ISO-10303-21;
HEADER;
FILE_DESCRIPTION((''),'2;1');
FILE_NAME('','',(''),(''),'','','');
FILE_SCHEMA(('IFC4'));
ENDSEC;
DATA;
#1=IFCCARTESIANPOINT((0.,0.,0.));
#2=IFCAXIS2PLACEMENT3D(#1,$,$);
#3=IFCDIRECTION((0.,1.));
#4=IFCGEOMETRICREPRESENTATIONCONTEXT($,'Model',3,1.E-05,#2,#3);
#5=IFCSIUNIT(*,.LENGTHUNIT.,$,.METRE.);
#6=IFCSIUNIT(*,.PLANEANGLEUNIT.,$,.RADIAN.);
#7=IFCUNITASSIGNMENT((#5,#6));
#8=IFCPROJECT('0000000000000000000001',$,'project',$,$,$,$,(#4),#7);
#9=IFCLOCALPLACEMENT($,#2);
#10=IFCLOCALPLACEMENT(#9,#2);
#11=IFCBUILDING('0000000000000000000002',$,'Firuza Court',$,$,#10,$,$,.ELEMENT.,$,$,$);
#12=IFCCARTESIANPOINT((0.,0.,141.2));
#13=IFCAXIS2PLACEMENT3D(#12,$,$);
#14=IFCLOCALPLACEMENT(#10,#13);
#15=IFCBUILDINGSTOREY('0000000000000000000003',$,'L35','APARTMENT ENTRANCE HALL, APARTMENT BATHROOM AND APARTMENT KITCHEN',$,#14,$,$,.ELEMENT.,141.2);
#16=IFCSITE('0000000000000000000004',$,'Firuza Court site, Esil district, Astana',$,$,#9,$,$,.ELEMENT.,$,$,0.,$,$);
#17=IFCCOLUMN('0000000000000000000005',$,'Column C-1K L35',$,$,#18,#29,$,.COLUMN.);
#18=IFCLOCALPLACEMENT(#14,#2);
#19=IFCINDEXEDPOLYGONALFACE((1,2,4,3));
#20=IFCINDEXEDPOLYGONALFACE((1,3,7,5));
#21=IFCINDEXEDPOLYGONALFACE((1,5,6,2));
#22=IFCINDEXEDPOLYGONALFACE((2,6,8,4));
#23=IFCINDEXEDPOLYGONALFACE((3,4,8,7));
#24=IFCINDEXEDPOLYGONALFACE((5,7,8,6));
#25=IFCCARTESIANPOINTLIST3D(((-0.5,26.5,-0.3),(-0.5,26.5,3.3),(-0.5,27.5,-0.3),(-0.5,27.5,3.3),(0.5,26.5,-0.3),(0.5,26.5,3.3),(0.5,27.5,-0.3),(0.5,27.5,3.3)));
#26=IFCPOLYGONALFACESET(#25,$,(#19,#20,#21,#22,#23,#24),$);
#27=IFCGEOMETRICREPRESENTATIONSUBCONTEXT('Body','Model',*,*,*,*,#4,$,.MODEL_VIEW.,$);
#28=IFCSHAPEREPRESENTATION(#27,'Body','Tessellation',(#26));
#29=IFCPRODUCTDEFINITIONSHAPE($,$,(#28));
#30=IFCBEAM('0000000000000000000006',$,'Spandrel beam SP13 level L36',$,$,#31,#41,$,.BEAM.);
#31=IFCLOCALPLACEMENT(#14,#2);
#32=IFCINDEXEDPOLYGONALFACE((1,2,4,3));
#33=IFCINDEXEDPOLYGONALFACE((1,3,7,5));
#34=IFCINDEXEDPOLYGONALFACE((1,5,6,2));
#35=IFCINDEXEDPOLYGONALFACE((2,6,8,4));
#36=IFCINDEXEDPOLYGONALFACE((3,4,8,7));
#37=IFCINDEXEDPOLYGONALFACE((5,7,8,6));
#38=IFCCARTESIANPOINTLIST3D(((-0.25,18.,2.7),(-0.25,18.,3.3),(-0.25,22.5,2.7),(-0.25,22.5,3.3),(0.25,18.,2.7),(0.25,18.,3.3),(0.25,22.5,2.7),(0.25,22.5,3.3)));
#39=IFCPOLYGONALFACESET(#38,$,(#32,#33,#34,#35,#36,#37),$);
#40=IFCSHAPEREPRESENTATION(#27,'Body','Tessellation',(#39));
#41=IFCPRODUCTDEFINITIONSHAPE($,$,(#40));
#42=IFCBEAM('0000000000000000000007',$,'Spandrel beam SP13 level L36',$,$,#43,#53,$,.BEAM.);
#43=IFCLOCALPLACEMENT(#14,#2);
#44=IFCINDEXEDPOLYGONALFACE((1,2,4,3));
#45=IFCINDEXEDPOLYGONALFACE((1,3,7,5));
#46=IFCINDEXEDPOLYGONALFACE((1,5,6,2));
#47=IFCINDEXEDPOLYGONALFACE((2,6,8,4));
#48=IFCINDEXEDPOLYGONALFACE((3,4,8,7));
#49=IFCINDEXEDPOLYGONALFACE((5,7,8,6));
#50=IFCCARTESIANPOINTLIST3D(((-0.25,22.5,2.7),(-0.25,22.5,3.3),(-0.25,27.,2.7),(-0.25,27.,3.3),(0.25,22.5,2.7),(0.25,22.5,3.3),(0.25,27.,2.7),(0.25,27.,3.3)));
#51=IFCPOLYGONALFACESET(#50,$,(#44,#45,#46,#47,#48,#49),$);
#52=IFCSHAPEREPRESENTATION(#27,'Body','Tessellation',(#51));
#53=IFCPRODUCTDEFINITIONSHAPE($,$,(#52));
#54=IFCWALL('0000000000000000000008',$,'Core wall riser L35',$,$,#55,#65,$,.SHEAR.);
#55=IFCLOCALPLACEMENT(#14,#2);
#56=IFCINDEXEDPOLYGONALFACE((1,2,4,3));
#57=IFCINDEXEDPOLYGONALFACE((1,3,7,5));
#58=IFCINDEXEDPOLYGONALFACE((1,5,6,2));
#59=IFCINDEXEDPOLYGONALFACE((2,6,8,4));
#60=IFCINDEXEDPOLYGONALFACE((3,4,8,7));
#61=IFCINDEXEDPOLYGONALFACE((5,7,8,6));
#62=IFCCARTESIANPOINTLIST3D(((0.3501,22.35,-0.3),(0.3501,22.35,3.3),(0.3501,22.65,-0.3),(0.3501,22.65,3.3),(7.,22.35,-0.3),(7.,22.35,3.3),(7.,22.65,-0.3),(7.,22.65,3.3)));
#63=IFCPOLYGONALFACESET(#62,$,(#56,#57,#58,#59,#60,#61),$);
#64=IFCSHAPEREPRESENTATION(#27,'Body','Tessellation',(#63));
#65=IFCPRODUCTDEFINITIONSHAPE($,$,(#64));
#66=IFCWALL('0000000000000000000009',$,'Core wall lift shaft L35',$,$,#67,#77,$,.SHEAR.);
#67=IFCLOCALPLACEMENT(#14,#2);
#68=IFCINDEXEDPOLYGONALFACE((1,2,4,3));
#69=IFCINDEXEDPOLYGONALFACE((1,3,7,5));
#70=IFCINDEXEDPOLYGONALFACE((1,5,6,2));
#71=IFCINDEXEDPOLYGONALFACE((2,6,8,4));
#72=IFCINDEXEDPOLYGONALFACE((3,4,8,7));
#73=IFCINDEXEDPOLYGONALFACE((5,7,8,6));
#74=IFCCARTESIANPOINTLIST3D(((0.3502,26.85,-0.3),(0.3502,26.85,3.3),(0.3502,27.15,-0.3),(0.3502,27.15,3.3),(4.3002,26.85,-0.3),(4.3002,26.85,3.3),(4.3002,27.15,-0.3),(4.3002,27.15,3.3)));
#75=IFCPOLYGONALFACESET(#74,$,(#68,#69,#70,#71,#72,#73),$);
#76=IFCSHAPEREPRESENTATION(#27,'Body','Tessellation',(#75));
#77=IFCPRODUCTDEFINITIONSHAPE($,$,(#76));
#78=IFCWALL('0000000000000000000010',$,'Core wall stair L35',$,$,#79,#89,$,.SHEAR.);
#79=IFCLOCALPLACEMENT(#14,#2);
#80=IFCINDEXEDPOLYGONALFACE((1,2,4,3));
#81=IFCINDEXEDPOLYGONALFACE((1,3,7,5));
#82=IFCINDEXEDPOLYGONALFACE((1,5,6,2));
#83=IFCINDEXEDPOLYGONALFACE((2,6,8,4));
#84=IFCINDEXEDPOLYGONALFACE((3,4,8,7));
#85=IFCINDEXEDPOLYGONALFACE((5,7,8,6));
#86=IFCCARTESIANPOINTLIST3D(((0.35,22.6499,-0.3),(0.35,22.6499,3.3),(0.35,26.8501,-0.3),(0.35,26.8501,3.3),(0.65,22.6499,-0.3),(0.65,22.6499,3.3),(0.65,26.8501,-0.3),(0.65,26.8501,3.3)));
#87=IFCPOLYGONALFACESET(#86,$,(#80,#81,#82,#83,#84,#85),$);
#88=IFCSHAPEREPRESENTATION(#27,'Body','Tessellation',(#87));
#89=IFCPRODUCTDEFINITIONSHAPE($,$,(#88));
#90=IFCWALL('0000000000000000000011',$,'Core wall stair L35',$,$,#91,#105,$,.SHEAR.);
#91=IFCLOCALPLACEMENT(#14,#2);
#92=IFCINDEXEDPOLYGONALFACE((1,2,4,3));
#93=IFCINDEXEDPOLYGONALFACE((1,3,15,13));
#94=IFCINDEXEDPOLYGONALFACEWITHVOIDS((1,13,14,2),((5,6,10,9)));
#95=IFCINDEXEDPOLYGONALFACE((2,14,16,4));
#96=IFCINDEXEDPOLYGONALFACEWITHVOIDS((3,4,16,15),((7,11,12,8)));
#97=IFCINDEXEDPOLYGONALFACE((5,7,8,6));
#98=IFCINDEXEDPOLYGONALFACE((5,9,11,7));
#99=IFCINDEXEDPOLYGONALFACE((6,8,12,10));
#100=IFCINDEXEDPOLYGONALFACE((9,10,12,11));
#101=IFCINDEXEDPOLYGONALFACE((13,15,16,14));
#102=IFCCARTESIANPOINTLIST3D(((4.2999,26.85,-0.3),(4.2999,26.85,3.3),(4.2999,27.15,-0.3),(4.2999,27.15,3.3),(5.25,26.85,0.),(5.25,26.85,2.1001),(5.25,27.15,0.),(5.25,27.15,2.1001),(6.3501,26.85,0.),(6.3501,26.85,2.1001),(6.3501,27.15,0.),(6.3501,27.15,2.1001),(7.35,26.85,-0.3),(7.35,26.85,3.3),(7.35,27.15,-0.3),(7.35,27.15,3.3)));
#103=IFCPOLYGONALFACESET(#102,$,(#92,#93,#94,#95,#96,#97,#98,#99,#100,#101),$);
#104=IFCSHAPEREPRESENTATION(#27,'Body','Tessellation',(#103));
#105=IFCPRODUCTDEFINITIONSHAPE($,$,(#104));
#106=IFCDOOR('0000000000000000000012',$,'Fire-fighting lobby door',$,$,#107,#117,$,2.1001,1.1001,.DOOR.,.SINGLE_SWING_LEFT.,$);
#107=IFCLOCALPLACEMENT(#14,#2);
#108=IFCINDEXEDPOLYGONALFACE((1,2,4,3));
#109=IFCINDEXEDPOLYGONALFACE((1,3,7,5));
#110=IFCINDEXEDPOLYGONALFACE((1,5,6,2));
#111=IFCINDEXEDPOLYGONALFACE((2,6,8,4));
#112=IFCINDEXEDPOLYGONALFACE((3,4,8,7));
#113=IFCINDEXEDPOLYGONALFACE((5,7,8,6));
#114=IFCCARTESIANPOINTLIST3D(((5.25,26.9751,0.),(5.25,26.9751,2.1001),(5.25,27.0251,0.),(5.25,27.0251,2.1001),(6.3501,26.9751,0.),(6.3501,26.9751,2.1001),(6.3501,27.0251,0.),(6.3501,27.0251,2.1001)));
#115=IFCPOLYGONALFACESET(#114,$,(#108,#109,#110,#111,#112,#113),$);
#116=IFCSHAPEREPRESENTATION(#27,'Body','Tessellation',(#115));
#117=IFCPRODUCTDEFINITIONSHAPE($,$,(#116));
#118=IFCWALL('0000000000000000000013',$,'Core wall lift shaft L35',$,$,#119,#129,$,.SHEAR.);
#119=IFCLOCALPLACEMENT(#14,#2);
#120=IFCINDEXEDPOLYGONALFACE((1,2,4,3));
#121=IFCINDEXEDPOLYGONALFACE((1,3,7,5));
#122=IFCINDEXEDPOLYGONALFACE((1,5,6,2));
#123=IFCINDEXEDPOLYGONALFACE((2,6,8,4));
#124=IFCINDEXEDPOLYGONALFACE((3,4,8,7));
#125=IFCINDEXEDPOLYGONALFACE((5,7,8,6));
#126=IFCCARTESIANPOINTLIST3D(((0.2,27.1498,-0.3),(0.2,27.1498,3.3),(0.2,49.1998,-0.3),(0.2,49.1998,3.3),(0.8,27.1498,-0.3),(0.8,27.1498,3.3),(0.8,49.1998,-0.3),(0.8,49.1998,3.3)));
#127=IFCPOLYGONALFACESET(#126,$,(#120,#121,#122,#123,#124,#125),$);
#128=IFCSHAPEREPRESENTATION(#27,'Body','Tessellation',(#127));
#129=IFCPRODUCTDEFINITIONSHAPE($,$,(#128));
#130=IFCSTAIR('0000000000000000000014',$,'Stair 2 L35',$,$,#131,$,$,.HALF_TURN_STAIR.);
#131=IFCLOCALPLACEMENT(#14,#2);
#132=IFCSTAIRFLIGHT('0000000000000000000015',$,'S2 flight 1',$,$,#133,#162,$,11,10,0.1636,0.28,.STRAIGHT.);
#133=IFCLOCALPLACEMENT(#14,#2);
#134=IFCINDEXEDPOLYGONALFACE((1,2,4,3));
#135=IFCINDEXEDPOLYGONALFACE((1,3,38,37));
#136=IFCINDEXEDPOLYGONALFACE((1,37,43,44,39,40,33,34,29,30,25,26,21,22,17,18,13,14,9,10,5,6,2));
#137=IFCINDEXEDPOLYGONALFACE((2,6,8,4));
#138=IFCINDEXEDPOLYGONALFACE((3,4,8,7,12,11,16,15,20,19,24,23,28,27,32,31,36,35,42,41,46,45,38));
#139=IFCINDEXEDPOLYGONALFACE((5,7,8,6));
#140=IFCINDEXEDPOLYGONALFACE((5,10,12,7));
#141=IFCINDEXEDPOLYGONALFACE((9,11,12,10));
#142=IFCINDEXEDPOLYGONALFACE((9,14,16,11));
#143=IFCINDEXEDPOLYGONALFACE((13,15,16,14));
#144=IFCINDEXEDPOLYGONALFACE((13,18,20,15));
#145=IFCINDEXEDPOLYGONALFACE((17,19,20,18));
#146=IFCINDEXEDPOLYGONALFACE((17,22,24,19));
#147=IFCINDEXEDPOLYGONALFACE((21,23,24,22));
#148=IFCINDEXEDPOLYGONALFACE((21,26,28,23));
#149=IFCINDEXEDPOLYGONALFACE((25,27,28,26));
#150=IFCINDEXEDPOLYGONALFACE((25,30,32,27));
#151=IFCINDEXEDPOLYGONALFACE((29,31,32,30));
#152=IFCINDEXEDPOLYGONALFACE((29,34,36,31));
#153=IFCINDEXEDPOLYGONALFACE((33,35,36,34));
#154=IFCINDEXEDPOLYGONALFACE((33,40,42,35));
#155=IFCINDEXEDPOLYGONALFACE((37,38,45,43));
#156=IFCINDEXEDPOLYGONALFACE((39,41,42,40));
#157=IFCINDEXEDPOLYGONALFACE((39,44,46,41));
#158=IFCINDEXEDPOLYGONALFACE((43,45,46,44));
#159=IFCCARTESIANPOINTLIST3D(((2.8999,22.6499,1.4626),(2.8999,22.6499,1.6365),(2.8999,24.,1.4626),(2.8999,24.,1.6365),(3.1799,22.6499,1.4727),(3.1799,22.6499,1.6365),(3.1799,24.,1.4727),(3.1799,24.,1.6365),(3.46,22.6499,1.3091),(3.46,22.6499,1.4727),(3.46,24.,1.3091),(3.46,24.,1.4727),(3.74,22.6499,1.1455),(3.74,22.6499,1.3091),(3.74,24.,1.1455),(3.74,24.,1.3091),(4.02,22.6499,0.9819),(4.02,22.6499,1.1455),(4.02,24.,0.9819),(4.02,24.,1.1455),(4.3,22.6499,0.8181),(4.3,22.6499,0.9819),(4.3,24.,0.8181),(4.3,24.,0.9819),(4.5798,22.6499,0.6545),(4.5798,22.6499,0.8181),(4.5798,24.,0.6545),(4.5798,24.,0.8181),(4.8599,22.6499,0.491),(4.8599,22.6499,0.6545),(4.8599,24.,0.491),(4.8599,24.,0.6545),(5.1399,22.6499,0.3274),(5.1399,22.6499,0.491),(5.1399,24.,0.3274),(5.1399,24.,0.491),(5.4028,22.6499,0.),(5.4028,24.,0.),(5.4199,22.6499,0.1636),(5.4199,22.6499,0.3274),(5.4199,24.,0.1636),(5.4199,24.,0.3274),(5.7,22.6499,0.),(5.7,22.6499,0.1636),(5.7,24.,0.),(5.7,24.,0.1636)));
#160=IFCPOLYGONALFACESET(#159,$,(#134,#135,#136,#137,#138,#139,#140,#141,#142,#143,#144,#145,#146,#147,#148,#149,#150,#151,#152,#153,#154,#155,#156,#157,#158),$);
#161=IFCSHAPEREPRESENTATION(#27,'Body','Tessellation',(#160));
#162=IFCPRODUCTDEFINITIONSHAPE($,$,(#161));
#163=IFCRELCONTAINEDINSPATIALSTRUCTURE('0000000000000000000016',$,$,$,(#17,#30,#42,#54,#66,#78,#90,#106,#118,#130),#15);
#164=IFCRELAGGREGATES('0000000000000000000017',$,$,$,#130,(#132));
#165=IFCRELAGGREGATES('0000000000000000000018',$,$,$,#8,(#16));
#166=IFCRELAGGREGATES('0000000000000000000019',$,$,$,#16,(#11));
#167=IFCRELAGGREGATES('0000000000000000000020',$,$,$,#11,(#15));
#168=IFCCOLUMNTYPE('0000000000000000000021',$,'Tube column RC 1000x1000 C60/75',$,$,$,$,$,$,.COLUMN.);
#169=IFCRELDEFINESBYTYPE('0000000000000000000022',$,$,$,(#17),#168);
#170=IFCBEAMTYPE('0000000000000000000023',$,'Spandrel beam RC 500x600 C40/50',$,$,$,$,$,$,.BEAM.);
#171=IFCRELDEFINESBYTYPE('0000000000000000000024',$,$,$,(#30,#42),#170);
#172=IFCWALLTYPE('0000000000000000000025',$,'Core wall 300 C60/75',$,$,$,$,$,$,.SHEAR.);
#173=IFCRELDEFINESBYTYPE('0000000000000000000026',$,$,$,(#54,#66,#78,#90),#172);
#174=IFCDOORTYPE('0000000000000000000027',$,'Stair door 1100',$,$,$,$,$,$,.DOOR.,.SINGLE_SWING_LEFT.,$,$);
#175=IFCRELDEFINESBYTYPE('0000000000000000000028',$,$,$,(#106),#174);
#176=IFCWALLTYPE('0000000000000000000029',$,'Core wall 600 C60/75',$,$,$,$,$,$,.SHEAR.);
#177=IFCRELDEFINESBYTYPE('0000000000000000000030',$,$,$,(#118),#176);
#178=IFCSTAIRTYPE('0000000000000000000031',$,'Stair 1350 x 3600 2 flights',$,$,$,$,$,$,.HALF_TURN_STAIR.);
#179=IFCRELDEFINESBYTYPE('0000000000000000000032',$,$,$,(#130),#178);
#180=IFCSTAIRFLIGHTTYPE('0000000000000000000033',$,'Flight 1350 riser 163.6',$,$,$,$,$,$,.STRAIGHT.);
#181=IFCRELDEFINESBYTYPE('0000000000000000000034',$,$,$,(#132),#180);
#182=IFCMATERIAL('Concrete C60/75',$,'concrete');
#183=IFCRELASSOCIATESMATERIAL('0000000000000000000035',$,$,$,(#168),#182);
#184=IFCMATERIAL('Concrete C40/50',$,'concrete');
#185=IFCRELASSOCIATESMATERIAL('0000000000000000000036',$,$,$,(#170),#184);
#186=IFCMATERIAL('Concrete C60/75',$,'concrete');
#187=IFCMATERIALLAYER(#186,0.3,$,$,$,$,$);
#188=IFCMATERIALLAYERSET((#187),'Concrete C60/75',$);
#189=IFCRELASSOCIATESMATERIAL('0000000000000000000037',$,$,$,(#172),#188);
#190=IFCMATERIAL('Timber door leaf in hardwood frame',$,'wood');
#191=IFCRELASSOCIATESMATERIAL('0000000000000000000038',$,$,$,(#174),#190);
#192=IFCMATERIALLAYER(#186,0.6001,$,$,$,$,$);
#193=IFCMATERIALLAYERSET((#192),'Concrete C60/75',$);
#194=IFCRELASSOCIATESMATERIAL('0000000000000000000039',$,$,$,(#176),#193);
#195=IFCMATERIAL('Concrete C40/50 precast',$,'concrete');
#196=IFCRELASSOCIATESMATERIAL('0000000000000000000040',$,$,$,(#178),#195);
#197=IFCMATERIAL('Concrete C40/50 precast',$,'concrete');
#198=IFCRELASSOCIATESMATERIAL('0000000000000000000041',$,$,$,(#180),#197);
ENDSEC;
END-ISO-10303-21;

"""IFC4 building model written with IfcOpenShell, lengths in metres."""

from ifc_helpers import new_model, si_unit, direction, frame, frame_2d, origin, origin_2d, place, context, subcontext, project, spatial, polyline, rectangle, outline, extrude, material, layer, layer_set, material_profile, profile_set, type_object, element, fill, aggregate, save


model = new_model("IFC4")

# Units and contexts
model_context = context("Model", 3, precision=1e-05, world=origin(), true_north=direction((0.0, 1.0)))
body_context = subcontext(model_context, "Body", "Model", "MODEL_VIEW")
ifc_project = project(units=[si_unit("LENGTHUNIT", "METRE"), si_unit("PLANEANGLEUNIT", "RADIAN")], contexts=[model_context])

# Site, building, storey
site_placement = place(None, origin())
site = spatial("IfcSite", under=ifc_project, at=site_placement, Name="Firuza Court site, Esil district, Astana", CompositionType="ELEMENT", RefElevation=0.0)
building_placement = place(site_placement, origin())
building = spatial("IfcBuilding", under=site, at=building_placement, Name="Firuza Court", CompositionType="ELEMENT")
storey_placement = place(building_placement, frame((0.0, 0.0, 141.2)))
storey = spatial("IfcBuildingStorey", under=building, at=storey_placement, Name="L35", Description="APARTMENT ENTRANCE HALL, APARTMENT BATHROOM AND APARTMENT KITCHEN", CompositionType="ELEMENT", Elevation=141.2)

# Column
ifc_material_1 = material(Name="Concrete C60/75", Category="concrete")
ifc_material_profile_1 = material_profile(ifc_material_1, rectangle(XDim=1.0, YDim=1.0, at=origin_2d()), Name="RC 1000x1000")
ifc_profile_set_1 = profile_set([ifc_material_profile_1], Name="Concrete C60/75")
column_type = type_object("IfcColumnType", Name="Tube column RC 1000x1000 C60/75", PredefinedType="COLUMN", material=ifc_profile_set_1)
column_placement = place(storey_placement, frame((0.0, 27.0, -0.3), z_axis=(0.0, 0.0, 1.0), x_axis=(1.0, 0.0, 0.0)))
element("IfcColumn", 1, at=column_placement, inside=storey, type_object=column_type, Name="Column C-1K L35", PredefinedType="COLUMN", context=body_context, shape_type="SweptSolid", body=[
    extrude(rectangle(XDim=1.0, YDim=1.0, at=origin_2d()), origin(), (0.0, 0.0, 1.0), 3.6001),
])

# Beams
ifc_material_2 = material(Name="Concrete C40/50", Category="concrete")
ifc_material_profile_2 = material_profile(ifc_material_2, rectangle(XDim=0.5, YDim=0.6001, at=origin_2d()), Name="RC 500x600")
ifc_profile_set_2 = profile_set([ifc_material_profile_2], Name="Concrete C40/50")
beam_type = type_object("IfcBeamType", Name="Spandrel beam RC 500x600 C40/50", PredefinedType="BEAM", material=ifc_profile_set_2)
for number, where, z_axis, x_axis, name in (
    (2, (0.0, 22.5, 3.0), (0.0, -1.0, 0.0), (1.0, 0.0, 0.0), "Spandrel beam SP13 level L36"),
    (3, (0.0, 27.0, 3.0), (0.0, -1.0, 0.0), (1.0, 0.0, 0.0), "Spandrel beam SP13 level L36"),
):
    element("IfcBeam", number, at=place(storey_placement, frame(where, z_axis=z_axis, x_axis=x_axis)), inside=storey, type_object=beam_type, Name=name, PredefinedType="BEAM", context=body_context, shape_type="SweptSolid", body=[
        extrude(rectangle(XDim=0.5, YDim=0.6001, at=origin_2d()), origin(), (0.0, 0.0, 1.0), 4.5),
    ])

# Walls
ifc_material_3 = material(Name="Concrete C60/75", Category="concrete")
ifc_layer_1 = layer(ifc_material_3, 0.3)
ifc_layer_set_1 = layer_set([ifc_layer_1], Name="Concrete C60/75")
wall_type_1 = type_object("IfcWallType", Name="Core wall 300 C60/75", PredefinedType="SHEAR", material=ifc_layer_set_1)
wall_1_placement = place(storey_placement, frame((0.3501, 22.5, -0.3), z_axis=(0.0, 0.0, 1.0), x_axis=(1.0, 0.0, 0.0)))
element("IfcWall", 4, at=wall_1_placement, inside=storey, type_object=wall_type_1, Name="Core wall riser L35", PredefinedType="SHEAR", context=body_context, shape_type="SweptSolid", body=[
    extrude(rectangle(XDim=6.6499, YDim=0.3, at=frame_2d((3.325, 0.0))), origin(), (0.0, 0.0, 1.0), 3.6001),
])
wall_2_placement = place(storey_placement, frame((0.3501, 27.0, -0.3), z_axis=(0.0, 0.0, 1.0), x_axis=(1.0, 0.0, 0.0)))
element("IfcWall", 5, at=wall_2_placement, inside=storey, type_object=wall_type_1, Name="Core wall lift shaft L35", PredefinedType="SHEAR", context=body_context, shape_type="SweptSolid", body=[
    extrude(rectangle(XDim=3.95, YDim=0.3, at=frame_2d((1.9751, 0.0))), origin(), (0.0, 0.0, 1.0), 3.6001),
])
wall_3_placement = place(storey_placement, frame((0.5, 22.6499, -0.3), z_axis=(0.0, 0.0, 1.0), x_axis=(0.0, 1.0, 0.0)))
element("IfcWall", 6, at=wall_3_placement, inside=storey, type_object=wall_type_1, Name="Core wall stair L35", PredefinedType="SHEAR", context=body_context, shape_type="SweptSolid", body=[
    extrude(rectangle(XDim=4.2002, YDim=0.3, at=frame_2d((2.1001, 0.0))), origin(), (0.0, 0.0, 1.0), 3.6001),
])

# Wall, opening, door
wall_4_placement = place(storey_placement, frame((4.3, 27.0, -0.3), z_axis=(0.0, 0.0, 1.0), x_axis=(1.0, 0.0, 0.0)))
wall_4 = element("IfcWall", 7, at=wall_4_placement, inside=storey, type_object=wall_type_1, Name="Core wall stair L35", PredefinedType="SHEAR", context=body_context, shape_type="SweptSolid", body=[
    extrude(rectangle(XDim=3.05, YDim=0.3, at=frame_2d((1.5249, 0.0))), origin(), (0.0, 0.0, 1.0), 3.6001),
])
opening_1_placement = place(wall_4_placement, frame((0.95, 0.0, 0.3)))
opening_1 = element("IfcOpeningElement", 8, at=opening_1_placement, cuts=wall_4, PredefinedType="OPENING", context=body_context, shape_type="SweptSolid", body=[
    extrude(rectangle(XDim=1.1001, YDim=2.1001, at=frame_2d((0.55, 1.05))), frame((0.0, 0.1621, 0.0), z_axis=(0.0, -1.0, 0.0), x_axis=(1.0, 0.0, 0.0)), (0.0, 0.0, 1.0), 0.324),
])
ifc_material_4 = material(Name="Timber door leaf in hardwood frame", Category="wood")
door_type_1 = type_object("IfcDoorType", Name="Stair door 1100", OperationType="SINGLE_SWING_LEFT", PredefinedType="DOOR", material=ifc_material_4)
door_1_placement = place(opening_1_placement, frame((1.1001, 0.0, 0.0), z_axis=(0.0, 0.0, 1.0), x_axis=(-1.0, 0.0, 0.0)))
door_1 = element("IfcDoor", 9, at=door_1_placement, inside=storey, type_object=door_type_1, Name="Fire-fighting lobby door", OperationType="SINGLE_SWING_LEFT", OverallHeight=2.1001, OverallWidth=1.1001, PredefinedType="DOOR", context=body_context, shape_type="SweptSolid", body=[
    extrude(rectangle(XDim=1.1001, YDim=2.1001, at=frame_2d((0.55, 1.05))), frame((0.0, 0.0249, 0.0), z_axis=(0.0, -1.0, 0.0), x_axis=(1.0, 0.0, 0.0)), (0.0, 0.0, 1.0), 0.05),
])
fill(opening_1, door_1)

# Wall
ifc_layer_2 = layer(ifc_material_3, 0.6001)
ifc_layer_set_2 = layer_set([ifc_layer_2], Name="Concrete C60/75")
wall_type_2 = type_object("IfcWallType", Name="Core wall 600 C60/75", PredefinedType="SHEAR", material=ifc_layer_set_2)
wall_5_placement = place(storey_placement, frame((0.5, 27.1499, -0.3), z_axis=(0.0, 0.0, 1.0), x_axis=(0.0, 1.0, 0.0)))
element("IfcWall", 10, at=wall_5_placement, inside=storey, type_object=wall_type_2, Name="Core wall lift shaft L35", PredefinedType="SHEAR", context=body_context, shape_type="SweptSolid", body=[
    extrude(rectangle(XDim=22.05, YDim=0.6001, at=frame_2d((11.0249, 0.0))), origin(), (0.0, 0.0, 1.0), 3.6001),
])

# Stair, stair flight
ifc_material_5 = material(Name="Concrete C40/50 precast", Category="concrete")
stair_type = type_object("IfcStairType", Name="Stair 1350 x 3600 2 flights", PredefinedType="HALF_TURN_STAIR", material=ifc_material_5)
stair_placement = place(storey_placement, origin())
stair = element("IfcStair", 11, at=stair_placement, inside=storey, type_object=stair_type, Name="Stair 2 L35", PredefinedType="HALF_TURN_STAIR")
ifc_material_6 = material(Name="Concrete C40/50 precast", Category="concrete")
stair_flight_type = type_object("IfcStairFlightType", Name="Flight 1350 riser 163.6", PredefinedType="STRAIGHT", material=ifc_material_6)
stair_flight_1_placement = place(storey_placement, frame((5.7, 23.325, 0.0), z_axis=(0.0, 0.0, 1.0), x_axis=(-1.0, 0.0, 0.0)))
stair_flight_1 = element("IfcStairFlight", 12, at=stair_flight_1_placement, type_object=stair_flight_type, Name="S2 flight 1", NumberOfRisers=11, NumberOfTreads=10, PredefinedType="STRAIGHT", RiserHeight=0.1636, TreadLength=0.28, context=body_context, shape_type="SweptSolid", body=[
    extrude(outline(polyline([(0.0, 0.0), (0.0, 0.1636), (0.28, 0.1636), (0.28, 0.3274), (0.5601, 0.3274), (0.5601, 0.491), (0.8401, 0.491), (0.8401, 0.6545), (1.1201, 0.6545), (1.1201, 0.8181), (1.3999, 0.8181), (1.3999, 0.9819), (1.6799, 0.9819), (1.6799, 1.1455), (1.96, 1.1455), (1.96, 1.3091), (2.24, 1.3091), (2.24, 1.4727), (2.52, 1.4727), (2.52, 1.6365), (2.8, 1.6365), (2.8, 1.8), (2.8, 1.4626), (0.2971, 0.0), (0.0, 0.0)])), frame((0.0, 0.675, 0.0), z_axis=(0.0, -1.0, 0.0), x_axis=(1.0, 0.0, 0.0)), (0.0, 0.0, 1.0), 1.3501),
])
aggregate(stair, [stair_flight_1])

save(model, "model.ifc")
